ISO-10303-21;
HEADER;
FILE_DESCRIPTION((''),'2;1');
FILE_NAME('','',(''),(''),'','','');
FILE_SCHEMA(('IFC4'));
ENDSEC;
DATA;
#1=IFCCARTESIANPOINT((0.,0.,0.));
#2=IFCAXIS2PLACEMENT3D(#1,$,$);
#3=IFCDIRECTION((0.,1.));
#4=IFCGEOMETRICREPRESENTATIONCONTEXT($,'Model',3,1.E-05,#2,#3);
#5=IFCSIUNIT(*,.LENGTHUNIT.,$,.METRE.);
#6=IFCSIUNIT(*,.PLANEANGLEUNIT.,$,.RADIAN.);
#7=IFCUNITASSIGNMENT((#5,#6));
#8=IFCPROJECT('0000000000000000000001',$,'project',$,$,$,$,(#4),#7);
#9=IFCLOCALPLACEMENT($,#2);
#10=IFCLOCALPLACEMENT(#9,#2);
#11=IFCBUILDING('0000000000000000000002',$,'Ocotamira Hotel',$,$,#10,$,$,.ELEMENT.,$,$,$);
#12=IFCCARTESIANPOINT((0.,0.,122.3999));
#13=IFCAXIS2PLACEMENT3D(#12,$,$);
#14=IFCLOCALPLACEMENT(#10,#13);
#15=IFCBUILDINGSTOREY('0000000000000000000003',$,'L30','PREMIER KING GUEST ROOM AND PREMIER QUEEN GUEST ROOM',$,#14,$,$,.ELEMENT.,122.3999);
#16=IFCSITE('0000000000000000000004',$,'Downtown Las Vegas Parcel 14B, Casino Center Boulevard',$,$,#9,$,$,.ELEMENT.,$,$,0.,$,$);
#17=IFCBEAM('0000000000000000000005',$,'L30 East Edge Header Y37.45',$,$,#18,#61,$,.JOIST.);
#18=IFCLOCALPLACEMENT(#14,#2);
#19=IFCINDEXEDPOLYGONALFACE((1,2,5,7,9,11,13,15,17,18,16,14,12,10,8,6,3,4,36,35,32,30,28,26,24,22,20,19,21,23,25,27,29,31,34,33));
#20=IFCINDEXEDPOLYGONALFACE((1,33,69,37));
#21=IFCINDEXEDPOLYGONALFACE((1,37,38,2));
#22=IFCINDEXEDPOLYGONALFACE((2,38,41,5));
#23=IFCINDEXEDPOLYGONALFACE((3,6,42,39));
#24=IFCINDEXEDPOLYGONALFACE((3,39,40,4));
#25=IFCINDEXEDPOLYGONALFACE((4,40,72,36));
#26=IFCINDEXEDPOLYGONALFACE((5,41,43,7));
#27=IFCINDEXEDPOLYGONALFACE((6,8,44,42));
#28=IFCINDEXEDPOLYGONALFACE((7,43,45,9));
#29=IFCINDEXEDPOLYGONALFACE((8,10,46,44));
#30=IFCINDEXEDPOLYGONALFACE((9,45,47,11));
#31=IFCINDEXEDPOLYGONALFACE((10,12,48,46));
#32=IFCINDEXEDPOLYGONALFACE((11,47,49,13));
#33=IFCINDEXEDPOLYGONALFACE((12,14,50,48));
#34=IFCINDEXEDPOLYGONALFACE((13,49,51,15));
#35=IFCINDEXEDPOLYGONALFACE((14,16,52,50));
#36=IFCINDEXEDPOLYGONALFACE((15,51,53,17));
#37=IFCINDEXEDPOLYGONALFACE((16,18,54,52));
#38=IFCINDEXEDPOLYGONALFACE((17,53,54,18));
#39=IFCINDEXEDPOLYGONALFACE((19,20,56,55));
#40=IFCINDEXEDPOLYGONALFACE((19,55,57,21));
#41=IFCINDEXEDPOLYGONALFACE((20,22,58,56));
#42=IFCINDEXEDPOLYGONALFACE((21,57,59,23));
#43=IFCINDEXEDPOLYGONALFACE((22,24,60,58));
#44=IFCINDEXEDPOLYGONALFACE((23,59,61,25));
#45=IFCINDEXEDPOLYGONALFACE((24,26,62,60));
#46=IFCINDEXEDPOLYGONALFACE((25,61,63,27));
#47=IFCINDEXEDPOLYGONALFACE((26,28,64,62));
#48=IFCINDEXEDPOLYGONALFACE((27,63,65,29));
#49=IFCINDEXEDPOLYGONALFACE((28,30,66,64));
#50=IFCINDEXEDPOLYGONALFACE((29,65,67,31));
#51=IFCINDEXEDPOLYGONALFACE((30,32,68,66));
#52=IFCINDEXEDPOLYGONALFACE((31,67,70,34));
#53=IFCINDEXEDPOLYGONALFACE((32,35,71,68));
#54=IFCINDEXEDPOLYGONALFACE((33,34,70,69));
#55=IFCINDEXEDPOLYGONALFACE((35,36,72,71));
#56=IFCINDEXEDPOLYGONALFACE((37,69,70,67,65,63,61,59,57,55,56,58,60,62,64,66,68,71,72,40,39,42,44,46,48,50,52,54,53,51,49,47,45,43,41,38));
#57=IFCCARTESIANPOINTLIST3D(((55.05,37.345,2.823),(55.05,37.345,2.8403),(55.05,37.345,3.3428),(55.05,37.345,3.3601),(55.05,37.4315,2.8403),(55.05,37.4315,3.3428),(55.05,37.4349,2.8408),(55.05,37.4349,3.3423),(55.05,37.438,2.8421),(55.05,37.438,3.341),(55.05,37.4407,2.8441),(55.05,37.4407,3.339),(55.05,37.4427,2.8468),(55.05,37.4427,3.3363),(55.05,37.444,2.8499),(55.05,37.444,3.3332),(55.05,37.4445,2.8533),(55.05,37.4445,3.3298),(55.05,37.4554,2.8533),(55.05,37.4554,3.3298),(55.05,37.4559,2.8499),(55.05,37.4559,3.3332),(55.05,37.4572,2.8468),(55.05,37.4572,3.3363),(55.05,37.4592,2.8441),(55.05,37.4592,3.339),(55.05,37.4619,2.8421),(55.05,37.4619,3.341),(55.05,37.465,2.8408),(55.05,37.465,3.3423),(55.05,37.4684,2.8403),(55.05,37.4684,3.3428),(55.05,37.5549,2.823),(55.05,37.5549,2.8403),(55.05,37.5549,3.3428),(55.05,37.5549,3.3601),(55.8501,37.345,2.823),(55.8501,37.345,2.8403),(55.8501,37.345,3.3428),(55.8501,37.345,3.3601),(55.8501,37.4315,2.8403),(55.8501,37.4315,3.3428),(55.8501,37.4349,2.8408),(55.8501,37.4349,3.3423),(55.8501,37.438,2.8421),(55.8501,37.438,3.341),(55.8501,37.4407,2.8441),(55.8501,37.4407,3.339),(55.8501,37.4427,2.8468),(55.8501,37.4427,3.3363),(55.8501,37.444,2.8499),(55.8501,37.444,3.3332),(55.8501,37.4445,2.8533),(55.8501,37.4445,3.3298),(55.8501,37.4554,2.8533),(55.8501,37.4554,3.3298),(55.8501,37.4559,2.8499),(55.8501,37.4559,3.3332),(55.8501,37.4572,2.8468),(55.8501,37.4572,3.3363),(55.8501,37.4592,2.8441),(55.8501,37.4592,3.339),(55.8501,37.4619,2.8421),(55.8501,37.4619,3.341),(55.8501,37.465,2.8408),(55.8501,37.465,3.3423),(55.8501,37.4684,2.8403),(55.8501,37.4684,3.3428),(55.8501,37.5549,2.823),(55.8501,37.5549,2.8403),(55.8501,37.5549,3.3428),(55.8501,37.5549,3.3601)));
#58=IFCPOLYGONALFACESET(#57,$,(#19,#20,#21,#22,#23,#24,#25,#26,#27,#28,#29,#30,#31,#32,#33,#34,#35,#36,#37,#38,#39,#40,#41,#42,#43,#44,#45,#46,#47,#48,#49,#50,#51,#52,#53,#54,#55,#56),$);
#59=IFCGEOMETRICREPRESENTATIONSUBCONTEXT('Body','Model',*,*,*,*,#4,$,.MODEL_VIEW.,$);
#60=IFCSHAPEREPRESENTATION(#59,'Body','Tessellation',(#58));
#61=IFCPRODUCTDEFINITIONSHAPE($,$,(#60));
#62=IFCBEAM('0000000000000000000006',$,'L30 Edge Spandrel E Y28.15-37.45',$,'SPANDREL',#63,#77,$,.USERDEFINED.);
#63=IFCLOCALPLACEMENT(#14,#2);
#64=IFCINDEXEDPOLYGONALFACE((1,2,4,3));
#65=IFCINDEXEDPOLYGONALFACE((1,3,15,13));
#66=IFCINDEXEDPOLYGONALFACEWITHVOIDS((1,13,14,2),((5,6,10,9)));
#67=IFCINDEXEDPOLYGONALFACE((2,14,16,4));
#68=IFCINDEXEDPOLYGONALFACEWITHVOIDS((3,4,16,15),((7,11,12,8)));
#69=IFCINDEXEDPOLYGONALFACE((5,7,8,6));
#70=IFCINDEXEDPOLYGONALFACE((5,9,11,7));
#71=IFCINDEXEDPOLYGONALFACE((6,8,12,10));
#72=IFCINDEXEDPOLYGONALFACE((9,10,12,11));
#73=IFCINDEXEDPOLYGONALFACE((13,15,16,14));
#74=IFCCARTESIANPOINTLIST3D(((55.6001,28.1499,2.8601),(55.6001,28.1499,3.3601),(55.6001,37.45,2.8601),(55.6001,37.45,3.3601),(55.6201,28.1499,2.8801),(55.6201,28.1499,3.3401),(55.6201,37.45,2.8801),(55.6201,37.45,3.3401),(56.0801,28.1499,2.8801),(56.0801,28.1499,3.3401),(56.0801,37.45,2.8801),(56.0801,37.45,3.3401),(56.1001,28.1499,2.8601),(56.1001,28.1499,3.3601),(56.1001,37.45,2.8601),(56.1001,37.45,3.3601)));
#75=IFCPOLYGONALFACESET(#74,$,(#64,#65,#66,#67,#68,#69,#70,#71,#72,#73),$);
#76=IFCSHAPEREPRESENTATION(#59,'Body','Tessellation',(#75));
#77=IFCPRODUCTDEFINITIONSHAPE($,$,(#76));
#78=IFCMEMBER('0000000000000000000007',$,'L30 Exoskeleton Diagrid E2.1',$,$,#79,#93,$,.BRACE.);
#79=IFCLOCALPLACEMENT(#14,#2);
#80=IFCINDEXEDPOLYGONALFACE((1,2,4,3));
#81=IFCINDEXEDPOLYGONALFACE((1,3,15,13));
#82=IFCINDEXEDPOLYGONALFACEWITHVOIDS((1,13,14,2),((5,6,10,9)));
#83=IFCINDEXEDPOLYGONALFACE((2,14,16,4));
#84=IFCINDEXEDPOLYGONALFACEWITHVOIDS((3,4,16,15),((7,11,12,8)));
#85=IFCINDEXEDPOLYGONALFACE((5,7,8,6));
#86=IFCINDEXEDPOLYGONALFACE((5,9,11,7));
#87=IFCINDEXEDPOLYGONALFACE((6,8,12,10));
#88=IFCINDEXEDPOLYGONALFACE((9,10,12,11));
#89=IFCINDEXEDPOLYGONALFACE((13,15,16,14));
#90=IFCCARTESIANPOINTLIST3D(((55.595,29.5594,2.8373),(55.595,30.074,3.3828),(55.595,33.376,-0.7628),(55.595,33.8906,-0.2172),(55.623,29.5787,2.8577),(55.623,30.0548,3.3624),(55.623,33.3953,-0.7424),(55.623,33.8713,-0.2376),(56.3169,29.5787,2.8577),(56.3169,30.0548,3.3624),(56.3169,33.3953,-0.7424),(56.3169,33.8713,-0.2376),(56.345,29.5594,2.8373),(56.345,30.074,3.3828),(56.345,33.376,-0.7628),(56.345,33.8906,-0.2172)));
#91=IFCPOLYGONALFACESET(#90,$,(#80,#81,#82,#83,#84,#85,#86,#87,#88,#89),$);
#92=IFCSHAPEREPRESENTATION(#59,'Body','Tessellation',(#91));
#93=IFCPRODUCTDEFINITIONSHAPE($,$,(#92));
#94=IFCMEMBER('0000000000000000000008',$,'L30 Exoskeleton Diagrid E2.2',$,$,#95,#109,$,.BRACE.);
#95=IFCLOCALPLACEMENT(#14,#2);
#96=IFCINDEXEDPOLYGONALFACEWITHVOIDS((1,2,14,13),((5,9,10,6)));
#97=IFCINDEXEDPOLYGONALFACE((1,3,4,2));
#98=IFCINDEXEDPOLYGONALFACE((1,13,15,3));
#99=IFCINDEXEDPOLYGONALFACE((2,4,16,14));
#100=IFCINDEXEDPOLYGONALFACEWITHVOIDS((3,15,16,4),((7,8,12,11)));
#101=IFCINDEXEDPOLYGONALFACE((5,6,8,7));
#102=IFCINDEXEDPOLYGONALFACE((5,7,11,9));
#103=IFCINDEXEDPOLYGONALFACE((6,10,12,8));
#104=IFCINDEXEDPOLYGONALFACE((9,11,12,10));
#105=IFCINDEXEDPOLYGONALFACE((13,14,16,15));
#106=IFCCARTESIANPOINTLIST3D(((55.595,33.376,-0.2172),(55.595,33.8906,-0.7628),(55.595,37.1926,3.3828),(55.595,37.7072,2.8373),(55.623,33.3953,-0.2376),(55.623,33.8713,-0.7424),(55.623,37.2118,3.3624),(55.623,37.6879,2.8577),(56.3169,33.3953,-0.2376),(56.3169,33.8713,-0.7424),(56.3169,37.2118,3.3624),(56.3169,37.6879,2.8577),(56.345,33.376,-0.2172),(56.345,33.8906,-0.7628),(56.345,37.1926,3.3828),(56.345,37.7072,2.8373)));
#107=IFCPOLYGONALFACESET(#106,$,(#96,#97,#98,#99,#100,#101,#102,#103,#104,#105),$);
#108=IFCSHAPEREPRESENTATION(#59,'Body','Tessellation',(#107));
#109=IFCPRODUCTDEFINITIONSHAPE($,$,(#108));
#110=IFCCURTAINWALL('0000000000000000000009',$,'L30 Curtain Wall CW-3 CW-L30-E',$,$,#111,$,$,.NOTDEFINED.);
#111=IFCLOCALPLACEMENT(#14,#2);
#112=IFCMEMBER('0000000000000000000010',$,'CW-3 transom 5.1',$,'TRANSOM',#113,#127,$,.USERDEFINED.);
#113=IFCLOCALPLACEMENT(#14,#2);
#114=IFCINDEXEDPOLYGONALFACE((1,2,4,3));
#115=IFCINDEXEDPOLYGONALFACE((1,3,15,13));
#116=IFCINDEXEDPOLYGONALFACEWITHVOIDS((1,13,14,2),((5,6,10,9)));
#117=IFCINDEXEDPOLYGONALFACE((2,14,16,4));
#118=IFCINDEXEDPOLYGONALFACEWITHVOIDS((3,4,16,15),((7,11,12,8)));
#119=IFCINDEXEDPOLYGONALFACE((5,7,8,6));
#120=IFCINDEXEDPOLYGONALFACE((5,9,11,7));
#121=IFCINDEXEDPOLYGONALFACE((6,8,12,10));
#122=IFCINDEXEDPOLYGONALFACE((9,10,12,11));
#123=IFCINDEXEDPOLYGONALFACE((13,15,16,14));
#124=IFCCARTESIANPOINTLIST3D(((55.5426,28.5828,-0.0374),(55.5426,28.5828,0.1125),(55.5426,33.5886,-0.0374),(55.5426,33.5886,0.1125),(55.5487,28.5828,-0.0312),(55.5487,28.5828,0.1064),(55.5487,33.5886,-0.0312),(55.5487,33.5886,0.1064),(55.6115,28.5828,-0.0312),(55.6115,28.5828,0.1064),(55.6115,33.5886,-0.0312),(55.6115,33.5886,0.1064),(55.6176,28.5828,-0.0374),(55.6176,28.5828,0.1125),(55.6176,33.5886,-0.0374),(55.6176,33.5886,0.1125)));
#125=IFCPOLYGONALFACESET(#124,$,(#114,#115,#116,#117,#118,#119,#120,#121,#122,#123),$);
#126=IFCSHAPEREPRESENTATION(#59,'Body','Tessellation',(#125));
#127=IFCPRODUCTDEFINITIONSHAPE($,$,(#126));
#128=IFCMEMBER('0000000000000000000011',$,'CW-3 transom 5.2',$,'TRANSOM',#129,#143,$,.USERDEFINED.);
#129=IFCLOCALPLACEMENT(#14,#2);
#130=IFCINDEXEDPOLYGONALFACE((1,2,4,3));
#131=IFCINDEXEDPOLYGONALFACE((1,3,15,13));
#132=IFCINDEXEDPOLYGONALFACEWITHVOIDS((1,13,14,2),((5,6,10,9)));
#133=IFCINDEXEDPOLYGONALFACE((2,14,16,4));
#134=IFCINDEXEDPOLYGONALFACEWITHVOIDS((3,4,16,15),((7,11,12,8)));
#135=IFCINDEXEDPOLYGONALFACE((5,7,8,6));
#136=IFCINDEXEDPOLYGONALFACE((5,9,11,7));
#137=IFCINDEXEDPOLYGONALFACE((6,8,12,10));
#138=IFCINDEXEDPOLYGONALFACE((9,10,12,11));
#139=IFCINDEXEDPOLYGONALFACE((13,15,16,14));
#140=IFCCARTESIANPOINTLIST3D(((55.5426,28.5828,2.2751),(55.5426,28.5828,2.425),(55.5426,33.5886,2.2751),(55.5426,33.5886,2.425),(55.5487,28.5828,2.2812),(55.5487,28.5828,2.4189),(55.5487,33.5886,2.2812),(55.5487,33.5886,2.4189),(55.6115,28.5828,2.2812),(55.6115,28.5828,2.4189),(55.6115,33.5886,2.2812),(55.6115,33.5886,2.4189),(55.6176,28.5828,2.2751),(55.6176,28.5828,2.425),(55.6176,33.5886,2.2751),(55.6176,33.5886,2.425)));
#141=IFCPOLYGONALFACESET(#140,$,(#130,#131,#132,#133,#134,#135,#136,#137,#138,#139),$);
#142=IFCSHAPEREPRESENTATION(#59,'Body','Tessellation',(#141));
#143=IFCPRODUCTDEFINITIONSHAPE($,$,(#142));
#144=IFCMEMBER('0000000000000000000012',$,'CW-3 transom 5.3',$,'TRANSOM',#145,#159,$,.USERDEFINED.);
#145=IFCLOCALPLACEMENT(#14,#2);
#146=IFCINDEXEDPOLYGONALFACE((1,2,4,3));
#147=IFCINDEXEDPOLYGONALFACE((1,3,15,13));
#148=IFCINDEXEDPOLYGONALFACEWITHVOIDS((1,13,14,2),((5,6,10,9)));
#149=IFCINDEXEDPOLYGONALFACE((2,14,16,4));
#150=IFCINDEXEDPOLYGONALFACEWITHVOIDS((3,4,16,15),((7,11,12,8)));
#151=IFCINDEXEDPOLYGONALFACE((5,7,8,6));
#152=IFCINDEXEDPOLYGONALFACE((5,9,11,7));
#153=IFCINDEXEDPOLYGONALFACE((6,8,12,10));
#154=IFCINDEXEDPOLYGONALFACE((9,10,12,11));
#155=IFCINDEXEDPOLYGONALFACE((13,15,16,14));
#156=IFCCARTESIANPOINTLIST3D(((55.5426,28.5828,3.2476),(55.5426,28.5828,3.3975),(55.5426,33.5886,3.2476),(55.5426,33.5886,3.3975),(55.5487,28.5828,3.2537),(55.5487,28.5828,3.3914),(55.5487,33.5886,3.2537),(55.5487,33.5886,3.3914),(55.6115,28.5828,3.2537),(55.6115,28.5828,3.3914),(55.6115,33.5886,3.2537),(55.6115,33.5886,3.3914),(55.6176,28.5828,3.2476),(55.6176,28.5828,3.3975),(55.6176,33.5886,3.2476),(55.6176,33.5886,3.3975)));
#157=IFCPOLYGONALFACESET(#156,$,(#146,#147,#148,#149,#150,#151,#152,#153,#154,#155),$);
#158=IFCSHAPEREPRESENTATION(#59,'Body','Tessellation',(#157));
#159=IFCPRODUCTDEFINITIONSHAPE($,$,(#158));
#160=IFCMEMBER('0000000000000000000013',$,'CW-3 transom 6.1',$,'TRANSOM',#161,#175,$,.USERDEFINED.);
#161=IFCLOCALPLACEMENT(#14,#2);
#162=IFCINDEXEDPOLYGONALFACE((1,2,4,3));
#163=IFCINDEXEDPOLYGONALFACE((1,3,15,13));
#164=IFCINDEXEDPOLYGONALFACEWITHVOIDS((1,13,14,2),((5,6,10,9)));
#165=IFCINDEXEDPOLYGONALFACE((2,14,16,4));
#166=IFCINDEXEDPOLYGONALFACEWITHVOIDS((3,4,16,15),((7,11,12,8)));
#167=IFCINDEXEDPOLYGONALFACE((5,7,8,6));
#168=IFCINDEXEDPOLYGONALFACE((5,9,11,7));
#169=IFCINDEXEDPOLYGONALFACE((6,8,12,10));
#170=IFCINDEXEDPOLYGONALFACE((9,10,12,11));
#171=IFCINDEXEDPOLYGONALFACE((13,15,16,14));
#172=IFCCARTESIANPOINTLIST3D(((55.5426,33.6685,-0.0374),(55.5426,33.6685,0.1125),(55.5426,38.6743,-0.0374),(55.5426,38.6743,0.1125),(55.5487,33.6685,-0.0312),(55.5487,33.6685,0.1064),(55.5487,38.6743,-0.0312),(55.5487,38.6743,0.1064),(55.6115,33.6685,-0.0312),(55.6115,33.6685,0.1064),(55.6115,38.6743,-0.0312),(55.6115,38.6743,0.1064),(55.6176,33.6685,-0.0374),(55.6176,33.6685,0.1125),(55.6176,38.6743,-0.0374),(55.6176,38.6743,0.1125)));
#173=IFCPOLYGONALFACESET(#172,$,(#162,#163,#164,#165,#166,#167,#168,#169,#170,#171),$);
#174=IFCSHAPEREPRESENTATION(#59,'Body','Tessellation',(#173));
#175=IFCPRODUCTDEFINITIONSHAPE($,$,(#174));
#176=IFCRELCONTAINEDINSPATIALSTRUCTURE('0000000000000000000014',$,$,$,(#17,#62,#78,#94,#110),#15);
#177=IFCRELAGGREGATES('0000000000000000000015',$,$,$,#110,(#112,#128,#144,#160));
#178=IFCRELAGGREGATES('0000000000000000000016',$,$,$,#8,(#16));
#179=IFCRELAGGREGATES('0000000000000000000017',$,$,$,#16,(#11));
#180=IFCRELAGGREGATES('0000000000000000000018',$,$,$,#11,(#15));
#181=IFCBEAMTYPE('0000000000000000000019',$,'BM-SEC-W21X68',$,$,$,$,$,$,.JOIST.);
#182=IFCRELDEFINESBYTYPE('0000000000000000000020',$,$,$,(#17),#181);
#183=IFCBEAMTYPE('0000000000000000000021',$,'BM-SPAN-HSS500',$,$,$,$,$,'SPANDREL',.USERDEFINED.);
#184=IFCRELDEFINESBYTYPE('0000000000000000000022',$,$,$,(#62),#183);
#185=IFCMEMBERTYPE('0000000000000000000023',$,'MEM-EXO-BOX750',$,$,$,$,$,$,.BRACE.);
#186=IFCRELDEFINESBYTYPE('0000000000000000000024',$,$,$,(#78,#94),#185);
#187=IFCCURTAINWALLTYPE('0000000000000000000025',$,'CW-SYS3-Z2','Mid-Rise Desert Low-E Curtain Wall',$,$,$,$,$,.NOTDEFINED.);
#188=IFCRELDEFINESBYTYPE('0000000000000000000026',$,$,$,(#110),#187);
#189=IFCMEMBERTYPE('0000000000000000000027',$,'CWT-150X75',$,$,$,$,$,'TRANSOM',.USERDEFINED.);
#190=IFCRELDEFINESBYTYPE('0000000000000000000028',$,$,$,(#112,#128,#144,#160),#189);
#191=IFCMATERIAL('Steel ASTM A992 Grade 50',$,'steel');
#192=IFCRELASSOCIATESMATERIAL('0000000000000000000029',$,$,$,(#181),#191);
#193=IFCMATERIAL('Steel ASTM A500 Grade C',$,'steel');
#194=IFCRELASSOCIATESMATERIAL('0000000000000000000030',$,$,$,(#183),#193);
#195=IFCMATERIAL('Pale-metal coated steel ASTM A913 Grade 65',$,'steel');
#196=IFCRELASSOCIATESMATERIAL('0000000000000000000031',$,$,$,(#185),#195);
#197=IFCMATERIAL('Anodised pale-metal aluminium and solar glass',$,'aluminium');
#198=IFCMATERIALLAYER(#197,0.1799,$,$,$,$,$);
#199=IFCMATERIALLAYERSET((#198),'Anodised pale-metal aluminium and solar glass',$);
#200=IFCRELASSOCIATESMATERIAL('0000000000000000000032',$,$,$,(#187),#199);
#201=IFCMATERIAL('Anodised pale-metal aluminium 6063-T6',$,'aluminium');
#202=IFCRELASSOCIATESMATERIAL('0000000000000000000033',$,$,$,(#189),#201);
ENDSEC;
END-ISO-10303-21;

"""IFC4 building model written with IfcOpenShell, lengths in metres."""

from ifc_helpers import new_model, si_unit, direction, frame, origin, origin_2d, place, context, subcontext, project, spatial, hollow_rectangle, i_section, extrude, source, transform, mapped, material, layer, layer_set, material_profile, profile_set, type_object, element, aggregate, save


model = new_model("IFC4")

# Units and contexts
model_context = context("Model", 3, precision=1e-05, world=origin(), true_north=direction((0.0, 1.0)))
body_context = subcontext(model_context, "Body", "Model", "MODEL_VIEW")
ifc_project = project(units=[si_unit("LENGTHUNIT", "METRE"), si_unit("PLANEANGLEUNIT", "RADIAN")], contexts=[model_context])

# Site, building, storey
site_placement = place(None, origin())
site = spatial("IfcSite", under=ifc_project, at=site_placement, Name="Downtown Las Vegas Parcel 14B, Casino Center Boulevard", CompositionType="ELEMENT", RefElevation=0.0)
building_placement = place(site_placement, origin())
building = spatial("IfcBuilding", under=site, at=building_placement, Name="Ocotamira Hotel", CompositionType="ELEMENT")
storey_placement = place(building_placement, frame((0.0, 0.0, 122.3999)))
storey = spatial("IfcBuildingStorey", under=building, at=storey_placement, Name="L30", Description="PREMIER KING GUEST ROOM AND PREMIER QUEEN GUEST ROOM", CompositionType="ELEMENT", Elevation=122.3999)

# Beams
ifc_material_1 = material(Name="Steel ASTM A500 Grade C", Category="steel")
ifc_material_2 = material(Name="Steel ASTM A992 Grade 50", Category="steel")
ifc_material_profile_1 = material_profile(ifc_material_2, i_section(OverallWidth=0.21, OverallDepth=0.5371, WebThickness=0.011, FlangeThickness=0.0173, FilletRadius=0.0129, at=origin_2d()), Name="W21X68")
ifc_profile_set_1 = profile_set([ifc_material_profile_1], Name="Steel ASTM A992 Grade 50")
beam_type_1 = type_object("IfcBeamType", Name="BM-SEC-W21X68", PredefinedType="JOIST", material=ifc_profile_set_1)
shared_shape_1 = source(origin(), body_context, "Body", "SweptSolid", [
    extrude(i_section(OverallWidth=0.21, OverallDepth=0.5371, WebThickness=0.011, FlangeThickness=0.0173, FilletRadius=0.0129, at=origin_2d()), origin(), (0.0, 0.0, 1.0), 0.8),
])
for number, where, z_axis, x_axis, name in (
    (1, (55.05, 37.45, 3.0916), (1.0, 0.0, 0.0), (0.0, 1.0, 0.0), "L30 East Edge Header Y37.45"),
):
    element("IfcBeam", number, at=place(storey_placement, frame(where, z_axis=z_axis, x_axis=x_axis)), inside=storey, type_object=beam_type_1, Name=name, PredefinedType="JOIST", context=body_context, shape_type="MappedRepresentation", body=[
        mapped(shared_shape_1, transform((0.0, 0.0, 0.0), scale=1.0)),
    ])
ifc_material_profile_2 = material_profile(ifc_material_1, hollow_rectangle(XDim=0.5, YDim=0.5, WallThickness=0.02, at=origin_2d()), Name="HSS500X500X20")
ifc_profile_set_2 = profile_set([ifc_material_profile_2], Name="Steel ASTM A500 Grade C")
beam_type_2 = type_object("IfcBeamType", Name="BM-SPAN-HSS500", ElementType="SPANDREL", PredefinedType="USERDEFINED", material=ifc_profile_set_2)
shared_shape_2 = source(origin(), body_context, "Body", "SweptSolid", [
    extrude(hollow_rectangle(XDim=0.5, YDim=0.5, WallThickness=0.02, at=origin_2d()), origin(), (0.0, 0.0, 1.0), 9.3),
])
beam_1_placement = place(storey_placement, frame((55.8501, 28.1499, 3.1101), z_axis=(0.0, 1.0, 0.0), x_axis=(-1.0, 0.0, 0.0)))
element("IfcBeam", 2, at=beam_1_placement, inside=storey, type_object=beam_type_2, Name="L30 Edge Spandrel E Y28.15-37.45", ObjectType="SPANDREL", PredefinedType="USERDEFINED", context=body_context, shape_type="MappedRepresentation", body=[
    mapped(shared_shape_2, transform((0.0, 0.0, 0.0), scale=1.0)),
])

# Members
ifc_material_3 = material(Name="Pale-metal coated steel ASTM A913 Grade 65", Category="steel")
ifc_material_profile_3 = material_profile(ifc_material_3, hollow_rectangle(XDim=0.75, YDim=0.75, WallThickness=0.0281, at=origin_2d()), Name="BOX750X750X28")
ifc_profile_set_3 = profile_set([ifc_material_profile_3], Name="Pale-metal coated steel ASTM A913 Grade 65")
member_type_1 = type_object("IfcMemberType", Name="MEM-EXO-BOX750", PredefinedType="BRACE", material=ifc_profile_set_3)
shared_shape_3 = source(origin(), body_context, "Body", "SweptSolid", [
    extrude(hollow_rectangle(XDim=0.75, YDim=0.75, WallThickness=0.0281, at=origin_2d()), origin(), (0.0, 0.0, 1.0), 5.2466),
])
for number, where, z_axis, x_axis, name in (
    (3, (55.97, 33.6333, -0.49), (0.0, -0.727443, 0.686168), (1.0, 0.0, 0.0), "L30 Exoskeleton Diagrid E2.1"),
    (4, (55.97, 33.6333, -0.49), (0.0, 0.727443, 0.686168), (-1.0, 0.0, 0.0), "L30 Exoskeleton Diagrid E2.2"),
):
    element("IfcMember", number, at=place(storey_placement, frame(where, z_axis=z_axis, x_axis=x_axis)), inside=storey, type_object=member_type_1, Name=name, PredefinedType="BRACE", context=body_context, shape_type="MappedRepresentation", body=[
        mapped(shared_shape_3, transform((0.0, 0.0, 0.0), scale=1.0)),
    ])

# Curtain wall, members
ifc_material_4 = material(Name="Anodised pale-metal aluminium and solar glass", Category="aluminium")
ifc_layer_1 = layer(ifc_material_4, 0.1799)
ifc_layer_set_1 = layer_set([ifc_layer_1], Name="Anodised pale-metal aluminium and solar glass")
curtain_wall_type = type_object("IfcCurtainWallType", Name="CW-SYS3-Z2", Description="Mid-Rise Desert Low-E Curtain Wall", PredefinedType="NOTDEFINED", material=ifc_layer_set_1)
curtain_wall_placement = place(storey_placement, origin())
curtain_wall = element("IfcCurtainWall", 5, at=curtain_wall_placement, inside=storey, type_object=curtain_wall_type, Name="L30 Curtain Wall CW-3 CW-L30-E", PredefinedType="NOTDEFINED")
ifc_material_5 = material(Name="Anodised pale-metal aluminium 6063-T6", Category="aluminium")
ifc_material_profile_4 = material_profile(ifc_material_5, hollow_rectangle(XDim=0.075, YDim=0.1499, WallThickness=0.0061, at=origin_2d()), Name="HSS150X75X6")
ifc_profile_set_4 = profile_set([ifc_material_profile_4], Name="Anodised pale-metal aluminium 6063-T6")
member_type_2 = type_object("IfcMemberType", Name="CWT-150X75", ElementType="TRANSOM", PredefinedType="USERDEFINED", material=ifc_profile_set_4)
shared_shape_4 = source(origin(), body_context, "Body", "SweptSolid", [
    extrude(hollow_rectangle(XDim=0.075, YDim=0.1499, WallThickness=0.0061, at=origin_2d()), origin(), (0.0, 0.0, 1.0), 5.0059),
])
member_1_placement = place(storey_placement, frame((55.5801, 28.5828, 0.0376), z_axis=(0.0, 1.0, 0.0), x_axis=(-1.0, 0.0, 0.0)))
member_1 = element("IfcMember", 6, at=member_1_placement, type_object=member_type_2, Name="CW-3 transom 5.1", ObjectType="TRANSOM", PredefinedType="USERDEFINED", context=body_context, shape_type="MappedRepresentation", body=[
    mapped(shared_shape_4, transform((0.0, 0.0, 0.0), scale=1.0)),
])
member_2_placement = place(storey_placement, frame((55.5801, 28.5828, 2.3501), z_axis=(0.0, 1.0, 0.0), x_axis=(-1.0, 0.0, 0.0)))
member_2 = element("IfcMember", 7, at=member_2_placement, type_object=member_type_2, Name="CW-3 transom 5.2", ObjectType="TRANSOM", PredefinedType="USERDEFINED", context=body_context, shape_type="MappedRepresentation", body=[
    mapped(shared_shape_4, transform((0.0, 0.0, 0.0), scale=1.0)),
])
member_3_placement = place(storey_placement, frame((55.5801, 28.5828, 3.3225), z_axis=(0.0, 1.0, 0.0), x_axis=(-1.0, 0.0, 0.0)))
member_3 = element("IfcMember", 8, at=member_3_placement, type_object=member_type_2, Name="CW-3 transom 5.3", ObjectType="TRANSOM", PredefinedType="USERDEFINED", context=body_context, shape_type="MappedRepresentation", body=[
    mapped(shared_shape_4, transform((0.0, 0.0, 0.0), scale=1.0)),
])
member_4_placement = place(storey_placement, frame((55.5801, 33.6685, 0.0376), z_axis=(0.0, 1.0, 0.0), x_axis=(-1.0, 0.0, 0.0)))
member_4 = element("IfcMember", 9, at=member_4_placement, type_object=member_type_2, Name="CW-3 transom 6.1", ObjectType="TRANSOM", PredefinedType="USERDEFINED", context=body_context, shape_type="MappedRepresentation", body=[
    mapped(shared_shape_4, transform((0.0, 0.0, 0.0), scale=1.0)),
])

aggregate(curtain_wall, [member_1, member_2, member_3, member_4])

save(model, "model.ifc")
